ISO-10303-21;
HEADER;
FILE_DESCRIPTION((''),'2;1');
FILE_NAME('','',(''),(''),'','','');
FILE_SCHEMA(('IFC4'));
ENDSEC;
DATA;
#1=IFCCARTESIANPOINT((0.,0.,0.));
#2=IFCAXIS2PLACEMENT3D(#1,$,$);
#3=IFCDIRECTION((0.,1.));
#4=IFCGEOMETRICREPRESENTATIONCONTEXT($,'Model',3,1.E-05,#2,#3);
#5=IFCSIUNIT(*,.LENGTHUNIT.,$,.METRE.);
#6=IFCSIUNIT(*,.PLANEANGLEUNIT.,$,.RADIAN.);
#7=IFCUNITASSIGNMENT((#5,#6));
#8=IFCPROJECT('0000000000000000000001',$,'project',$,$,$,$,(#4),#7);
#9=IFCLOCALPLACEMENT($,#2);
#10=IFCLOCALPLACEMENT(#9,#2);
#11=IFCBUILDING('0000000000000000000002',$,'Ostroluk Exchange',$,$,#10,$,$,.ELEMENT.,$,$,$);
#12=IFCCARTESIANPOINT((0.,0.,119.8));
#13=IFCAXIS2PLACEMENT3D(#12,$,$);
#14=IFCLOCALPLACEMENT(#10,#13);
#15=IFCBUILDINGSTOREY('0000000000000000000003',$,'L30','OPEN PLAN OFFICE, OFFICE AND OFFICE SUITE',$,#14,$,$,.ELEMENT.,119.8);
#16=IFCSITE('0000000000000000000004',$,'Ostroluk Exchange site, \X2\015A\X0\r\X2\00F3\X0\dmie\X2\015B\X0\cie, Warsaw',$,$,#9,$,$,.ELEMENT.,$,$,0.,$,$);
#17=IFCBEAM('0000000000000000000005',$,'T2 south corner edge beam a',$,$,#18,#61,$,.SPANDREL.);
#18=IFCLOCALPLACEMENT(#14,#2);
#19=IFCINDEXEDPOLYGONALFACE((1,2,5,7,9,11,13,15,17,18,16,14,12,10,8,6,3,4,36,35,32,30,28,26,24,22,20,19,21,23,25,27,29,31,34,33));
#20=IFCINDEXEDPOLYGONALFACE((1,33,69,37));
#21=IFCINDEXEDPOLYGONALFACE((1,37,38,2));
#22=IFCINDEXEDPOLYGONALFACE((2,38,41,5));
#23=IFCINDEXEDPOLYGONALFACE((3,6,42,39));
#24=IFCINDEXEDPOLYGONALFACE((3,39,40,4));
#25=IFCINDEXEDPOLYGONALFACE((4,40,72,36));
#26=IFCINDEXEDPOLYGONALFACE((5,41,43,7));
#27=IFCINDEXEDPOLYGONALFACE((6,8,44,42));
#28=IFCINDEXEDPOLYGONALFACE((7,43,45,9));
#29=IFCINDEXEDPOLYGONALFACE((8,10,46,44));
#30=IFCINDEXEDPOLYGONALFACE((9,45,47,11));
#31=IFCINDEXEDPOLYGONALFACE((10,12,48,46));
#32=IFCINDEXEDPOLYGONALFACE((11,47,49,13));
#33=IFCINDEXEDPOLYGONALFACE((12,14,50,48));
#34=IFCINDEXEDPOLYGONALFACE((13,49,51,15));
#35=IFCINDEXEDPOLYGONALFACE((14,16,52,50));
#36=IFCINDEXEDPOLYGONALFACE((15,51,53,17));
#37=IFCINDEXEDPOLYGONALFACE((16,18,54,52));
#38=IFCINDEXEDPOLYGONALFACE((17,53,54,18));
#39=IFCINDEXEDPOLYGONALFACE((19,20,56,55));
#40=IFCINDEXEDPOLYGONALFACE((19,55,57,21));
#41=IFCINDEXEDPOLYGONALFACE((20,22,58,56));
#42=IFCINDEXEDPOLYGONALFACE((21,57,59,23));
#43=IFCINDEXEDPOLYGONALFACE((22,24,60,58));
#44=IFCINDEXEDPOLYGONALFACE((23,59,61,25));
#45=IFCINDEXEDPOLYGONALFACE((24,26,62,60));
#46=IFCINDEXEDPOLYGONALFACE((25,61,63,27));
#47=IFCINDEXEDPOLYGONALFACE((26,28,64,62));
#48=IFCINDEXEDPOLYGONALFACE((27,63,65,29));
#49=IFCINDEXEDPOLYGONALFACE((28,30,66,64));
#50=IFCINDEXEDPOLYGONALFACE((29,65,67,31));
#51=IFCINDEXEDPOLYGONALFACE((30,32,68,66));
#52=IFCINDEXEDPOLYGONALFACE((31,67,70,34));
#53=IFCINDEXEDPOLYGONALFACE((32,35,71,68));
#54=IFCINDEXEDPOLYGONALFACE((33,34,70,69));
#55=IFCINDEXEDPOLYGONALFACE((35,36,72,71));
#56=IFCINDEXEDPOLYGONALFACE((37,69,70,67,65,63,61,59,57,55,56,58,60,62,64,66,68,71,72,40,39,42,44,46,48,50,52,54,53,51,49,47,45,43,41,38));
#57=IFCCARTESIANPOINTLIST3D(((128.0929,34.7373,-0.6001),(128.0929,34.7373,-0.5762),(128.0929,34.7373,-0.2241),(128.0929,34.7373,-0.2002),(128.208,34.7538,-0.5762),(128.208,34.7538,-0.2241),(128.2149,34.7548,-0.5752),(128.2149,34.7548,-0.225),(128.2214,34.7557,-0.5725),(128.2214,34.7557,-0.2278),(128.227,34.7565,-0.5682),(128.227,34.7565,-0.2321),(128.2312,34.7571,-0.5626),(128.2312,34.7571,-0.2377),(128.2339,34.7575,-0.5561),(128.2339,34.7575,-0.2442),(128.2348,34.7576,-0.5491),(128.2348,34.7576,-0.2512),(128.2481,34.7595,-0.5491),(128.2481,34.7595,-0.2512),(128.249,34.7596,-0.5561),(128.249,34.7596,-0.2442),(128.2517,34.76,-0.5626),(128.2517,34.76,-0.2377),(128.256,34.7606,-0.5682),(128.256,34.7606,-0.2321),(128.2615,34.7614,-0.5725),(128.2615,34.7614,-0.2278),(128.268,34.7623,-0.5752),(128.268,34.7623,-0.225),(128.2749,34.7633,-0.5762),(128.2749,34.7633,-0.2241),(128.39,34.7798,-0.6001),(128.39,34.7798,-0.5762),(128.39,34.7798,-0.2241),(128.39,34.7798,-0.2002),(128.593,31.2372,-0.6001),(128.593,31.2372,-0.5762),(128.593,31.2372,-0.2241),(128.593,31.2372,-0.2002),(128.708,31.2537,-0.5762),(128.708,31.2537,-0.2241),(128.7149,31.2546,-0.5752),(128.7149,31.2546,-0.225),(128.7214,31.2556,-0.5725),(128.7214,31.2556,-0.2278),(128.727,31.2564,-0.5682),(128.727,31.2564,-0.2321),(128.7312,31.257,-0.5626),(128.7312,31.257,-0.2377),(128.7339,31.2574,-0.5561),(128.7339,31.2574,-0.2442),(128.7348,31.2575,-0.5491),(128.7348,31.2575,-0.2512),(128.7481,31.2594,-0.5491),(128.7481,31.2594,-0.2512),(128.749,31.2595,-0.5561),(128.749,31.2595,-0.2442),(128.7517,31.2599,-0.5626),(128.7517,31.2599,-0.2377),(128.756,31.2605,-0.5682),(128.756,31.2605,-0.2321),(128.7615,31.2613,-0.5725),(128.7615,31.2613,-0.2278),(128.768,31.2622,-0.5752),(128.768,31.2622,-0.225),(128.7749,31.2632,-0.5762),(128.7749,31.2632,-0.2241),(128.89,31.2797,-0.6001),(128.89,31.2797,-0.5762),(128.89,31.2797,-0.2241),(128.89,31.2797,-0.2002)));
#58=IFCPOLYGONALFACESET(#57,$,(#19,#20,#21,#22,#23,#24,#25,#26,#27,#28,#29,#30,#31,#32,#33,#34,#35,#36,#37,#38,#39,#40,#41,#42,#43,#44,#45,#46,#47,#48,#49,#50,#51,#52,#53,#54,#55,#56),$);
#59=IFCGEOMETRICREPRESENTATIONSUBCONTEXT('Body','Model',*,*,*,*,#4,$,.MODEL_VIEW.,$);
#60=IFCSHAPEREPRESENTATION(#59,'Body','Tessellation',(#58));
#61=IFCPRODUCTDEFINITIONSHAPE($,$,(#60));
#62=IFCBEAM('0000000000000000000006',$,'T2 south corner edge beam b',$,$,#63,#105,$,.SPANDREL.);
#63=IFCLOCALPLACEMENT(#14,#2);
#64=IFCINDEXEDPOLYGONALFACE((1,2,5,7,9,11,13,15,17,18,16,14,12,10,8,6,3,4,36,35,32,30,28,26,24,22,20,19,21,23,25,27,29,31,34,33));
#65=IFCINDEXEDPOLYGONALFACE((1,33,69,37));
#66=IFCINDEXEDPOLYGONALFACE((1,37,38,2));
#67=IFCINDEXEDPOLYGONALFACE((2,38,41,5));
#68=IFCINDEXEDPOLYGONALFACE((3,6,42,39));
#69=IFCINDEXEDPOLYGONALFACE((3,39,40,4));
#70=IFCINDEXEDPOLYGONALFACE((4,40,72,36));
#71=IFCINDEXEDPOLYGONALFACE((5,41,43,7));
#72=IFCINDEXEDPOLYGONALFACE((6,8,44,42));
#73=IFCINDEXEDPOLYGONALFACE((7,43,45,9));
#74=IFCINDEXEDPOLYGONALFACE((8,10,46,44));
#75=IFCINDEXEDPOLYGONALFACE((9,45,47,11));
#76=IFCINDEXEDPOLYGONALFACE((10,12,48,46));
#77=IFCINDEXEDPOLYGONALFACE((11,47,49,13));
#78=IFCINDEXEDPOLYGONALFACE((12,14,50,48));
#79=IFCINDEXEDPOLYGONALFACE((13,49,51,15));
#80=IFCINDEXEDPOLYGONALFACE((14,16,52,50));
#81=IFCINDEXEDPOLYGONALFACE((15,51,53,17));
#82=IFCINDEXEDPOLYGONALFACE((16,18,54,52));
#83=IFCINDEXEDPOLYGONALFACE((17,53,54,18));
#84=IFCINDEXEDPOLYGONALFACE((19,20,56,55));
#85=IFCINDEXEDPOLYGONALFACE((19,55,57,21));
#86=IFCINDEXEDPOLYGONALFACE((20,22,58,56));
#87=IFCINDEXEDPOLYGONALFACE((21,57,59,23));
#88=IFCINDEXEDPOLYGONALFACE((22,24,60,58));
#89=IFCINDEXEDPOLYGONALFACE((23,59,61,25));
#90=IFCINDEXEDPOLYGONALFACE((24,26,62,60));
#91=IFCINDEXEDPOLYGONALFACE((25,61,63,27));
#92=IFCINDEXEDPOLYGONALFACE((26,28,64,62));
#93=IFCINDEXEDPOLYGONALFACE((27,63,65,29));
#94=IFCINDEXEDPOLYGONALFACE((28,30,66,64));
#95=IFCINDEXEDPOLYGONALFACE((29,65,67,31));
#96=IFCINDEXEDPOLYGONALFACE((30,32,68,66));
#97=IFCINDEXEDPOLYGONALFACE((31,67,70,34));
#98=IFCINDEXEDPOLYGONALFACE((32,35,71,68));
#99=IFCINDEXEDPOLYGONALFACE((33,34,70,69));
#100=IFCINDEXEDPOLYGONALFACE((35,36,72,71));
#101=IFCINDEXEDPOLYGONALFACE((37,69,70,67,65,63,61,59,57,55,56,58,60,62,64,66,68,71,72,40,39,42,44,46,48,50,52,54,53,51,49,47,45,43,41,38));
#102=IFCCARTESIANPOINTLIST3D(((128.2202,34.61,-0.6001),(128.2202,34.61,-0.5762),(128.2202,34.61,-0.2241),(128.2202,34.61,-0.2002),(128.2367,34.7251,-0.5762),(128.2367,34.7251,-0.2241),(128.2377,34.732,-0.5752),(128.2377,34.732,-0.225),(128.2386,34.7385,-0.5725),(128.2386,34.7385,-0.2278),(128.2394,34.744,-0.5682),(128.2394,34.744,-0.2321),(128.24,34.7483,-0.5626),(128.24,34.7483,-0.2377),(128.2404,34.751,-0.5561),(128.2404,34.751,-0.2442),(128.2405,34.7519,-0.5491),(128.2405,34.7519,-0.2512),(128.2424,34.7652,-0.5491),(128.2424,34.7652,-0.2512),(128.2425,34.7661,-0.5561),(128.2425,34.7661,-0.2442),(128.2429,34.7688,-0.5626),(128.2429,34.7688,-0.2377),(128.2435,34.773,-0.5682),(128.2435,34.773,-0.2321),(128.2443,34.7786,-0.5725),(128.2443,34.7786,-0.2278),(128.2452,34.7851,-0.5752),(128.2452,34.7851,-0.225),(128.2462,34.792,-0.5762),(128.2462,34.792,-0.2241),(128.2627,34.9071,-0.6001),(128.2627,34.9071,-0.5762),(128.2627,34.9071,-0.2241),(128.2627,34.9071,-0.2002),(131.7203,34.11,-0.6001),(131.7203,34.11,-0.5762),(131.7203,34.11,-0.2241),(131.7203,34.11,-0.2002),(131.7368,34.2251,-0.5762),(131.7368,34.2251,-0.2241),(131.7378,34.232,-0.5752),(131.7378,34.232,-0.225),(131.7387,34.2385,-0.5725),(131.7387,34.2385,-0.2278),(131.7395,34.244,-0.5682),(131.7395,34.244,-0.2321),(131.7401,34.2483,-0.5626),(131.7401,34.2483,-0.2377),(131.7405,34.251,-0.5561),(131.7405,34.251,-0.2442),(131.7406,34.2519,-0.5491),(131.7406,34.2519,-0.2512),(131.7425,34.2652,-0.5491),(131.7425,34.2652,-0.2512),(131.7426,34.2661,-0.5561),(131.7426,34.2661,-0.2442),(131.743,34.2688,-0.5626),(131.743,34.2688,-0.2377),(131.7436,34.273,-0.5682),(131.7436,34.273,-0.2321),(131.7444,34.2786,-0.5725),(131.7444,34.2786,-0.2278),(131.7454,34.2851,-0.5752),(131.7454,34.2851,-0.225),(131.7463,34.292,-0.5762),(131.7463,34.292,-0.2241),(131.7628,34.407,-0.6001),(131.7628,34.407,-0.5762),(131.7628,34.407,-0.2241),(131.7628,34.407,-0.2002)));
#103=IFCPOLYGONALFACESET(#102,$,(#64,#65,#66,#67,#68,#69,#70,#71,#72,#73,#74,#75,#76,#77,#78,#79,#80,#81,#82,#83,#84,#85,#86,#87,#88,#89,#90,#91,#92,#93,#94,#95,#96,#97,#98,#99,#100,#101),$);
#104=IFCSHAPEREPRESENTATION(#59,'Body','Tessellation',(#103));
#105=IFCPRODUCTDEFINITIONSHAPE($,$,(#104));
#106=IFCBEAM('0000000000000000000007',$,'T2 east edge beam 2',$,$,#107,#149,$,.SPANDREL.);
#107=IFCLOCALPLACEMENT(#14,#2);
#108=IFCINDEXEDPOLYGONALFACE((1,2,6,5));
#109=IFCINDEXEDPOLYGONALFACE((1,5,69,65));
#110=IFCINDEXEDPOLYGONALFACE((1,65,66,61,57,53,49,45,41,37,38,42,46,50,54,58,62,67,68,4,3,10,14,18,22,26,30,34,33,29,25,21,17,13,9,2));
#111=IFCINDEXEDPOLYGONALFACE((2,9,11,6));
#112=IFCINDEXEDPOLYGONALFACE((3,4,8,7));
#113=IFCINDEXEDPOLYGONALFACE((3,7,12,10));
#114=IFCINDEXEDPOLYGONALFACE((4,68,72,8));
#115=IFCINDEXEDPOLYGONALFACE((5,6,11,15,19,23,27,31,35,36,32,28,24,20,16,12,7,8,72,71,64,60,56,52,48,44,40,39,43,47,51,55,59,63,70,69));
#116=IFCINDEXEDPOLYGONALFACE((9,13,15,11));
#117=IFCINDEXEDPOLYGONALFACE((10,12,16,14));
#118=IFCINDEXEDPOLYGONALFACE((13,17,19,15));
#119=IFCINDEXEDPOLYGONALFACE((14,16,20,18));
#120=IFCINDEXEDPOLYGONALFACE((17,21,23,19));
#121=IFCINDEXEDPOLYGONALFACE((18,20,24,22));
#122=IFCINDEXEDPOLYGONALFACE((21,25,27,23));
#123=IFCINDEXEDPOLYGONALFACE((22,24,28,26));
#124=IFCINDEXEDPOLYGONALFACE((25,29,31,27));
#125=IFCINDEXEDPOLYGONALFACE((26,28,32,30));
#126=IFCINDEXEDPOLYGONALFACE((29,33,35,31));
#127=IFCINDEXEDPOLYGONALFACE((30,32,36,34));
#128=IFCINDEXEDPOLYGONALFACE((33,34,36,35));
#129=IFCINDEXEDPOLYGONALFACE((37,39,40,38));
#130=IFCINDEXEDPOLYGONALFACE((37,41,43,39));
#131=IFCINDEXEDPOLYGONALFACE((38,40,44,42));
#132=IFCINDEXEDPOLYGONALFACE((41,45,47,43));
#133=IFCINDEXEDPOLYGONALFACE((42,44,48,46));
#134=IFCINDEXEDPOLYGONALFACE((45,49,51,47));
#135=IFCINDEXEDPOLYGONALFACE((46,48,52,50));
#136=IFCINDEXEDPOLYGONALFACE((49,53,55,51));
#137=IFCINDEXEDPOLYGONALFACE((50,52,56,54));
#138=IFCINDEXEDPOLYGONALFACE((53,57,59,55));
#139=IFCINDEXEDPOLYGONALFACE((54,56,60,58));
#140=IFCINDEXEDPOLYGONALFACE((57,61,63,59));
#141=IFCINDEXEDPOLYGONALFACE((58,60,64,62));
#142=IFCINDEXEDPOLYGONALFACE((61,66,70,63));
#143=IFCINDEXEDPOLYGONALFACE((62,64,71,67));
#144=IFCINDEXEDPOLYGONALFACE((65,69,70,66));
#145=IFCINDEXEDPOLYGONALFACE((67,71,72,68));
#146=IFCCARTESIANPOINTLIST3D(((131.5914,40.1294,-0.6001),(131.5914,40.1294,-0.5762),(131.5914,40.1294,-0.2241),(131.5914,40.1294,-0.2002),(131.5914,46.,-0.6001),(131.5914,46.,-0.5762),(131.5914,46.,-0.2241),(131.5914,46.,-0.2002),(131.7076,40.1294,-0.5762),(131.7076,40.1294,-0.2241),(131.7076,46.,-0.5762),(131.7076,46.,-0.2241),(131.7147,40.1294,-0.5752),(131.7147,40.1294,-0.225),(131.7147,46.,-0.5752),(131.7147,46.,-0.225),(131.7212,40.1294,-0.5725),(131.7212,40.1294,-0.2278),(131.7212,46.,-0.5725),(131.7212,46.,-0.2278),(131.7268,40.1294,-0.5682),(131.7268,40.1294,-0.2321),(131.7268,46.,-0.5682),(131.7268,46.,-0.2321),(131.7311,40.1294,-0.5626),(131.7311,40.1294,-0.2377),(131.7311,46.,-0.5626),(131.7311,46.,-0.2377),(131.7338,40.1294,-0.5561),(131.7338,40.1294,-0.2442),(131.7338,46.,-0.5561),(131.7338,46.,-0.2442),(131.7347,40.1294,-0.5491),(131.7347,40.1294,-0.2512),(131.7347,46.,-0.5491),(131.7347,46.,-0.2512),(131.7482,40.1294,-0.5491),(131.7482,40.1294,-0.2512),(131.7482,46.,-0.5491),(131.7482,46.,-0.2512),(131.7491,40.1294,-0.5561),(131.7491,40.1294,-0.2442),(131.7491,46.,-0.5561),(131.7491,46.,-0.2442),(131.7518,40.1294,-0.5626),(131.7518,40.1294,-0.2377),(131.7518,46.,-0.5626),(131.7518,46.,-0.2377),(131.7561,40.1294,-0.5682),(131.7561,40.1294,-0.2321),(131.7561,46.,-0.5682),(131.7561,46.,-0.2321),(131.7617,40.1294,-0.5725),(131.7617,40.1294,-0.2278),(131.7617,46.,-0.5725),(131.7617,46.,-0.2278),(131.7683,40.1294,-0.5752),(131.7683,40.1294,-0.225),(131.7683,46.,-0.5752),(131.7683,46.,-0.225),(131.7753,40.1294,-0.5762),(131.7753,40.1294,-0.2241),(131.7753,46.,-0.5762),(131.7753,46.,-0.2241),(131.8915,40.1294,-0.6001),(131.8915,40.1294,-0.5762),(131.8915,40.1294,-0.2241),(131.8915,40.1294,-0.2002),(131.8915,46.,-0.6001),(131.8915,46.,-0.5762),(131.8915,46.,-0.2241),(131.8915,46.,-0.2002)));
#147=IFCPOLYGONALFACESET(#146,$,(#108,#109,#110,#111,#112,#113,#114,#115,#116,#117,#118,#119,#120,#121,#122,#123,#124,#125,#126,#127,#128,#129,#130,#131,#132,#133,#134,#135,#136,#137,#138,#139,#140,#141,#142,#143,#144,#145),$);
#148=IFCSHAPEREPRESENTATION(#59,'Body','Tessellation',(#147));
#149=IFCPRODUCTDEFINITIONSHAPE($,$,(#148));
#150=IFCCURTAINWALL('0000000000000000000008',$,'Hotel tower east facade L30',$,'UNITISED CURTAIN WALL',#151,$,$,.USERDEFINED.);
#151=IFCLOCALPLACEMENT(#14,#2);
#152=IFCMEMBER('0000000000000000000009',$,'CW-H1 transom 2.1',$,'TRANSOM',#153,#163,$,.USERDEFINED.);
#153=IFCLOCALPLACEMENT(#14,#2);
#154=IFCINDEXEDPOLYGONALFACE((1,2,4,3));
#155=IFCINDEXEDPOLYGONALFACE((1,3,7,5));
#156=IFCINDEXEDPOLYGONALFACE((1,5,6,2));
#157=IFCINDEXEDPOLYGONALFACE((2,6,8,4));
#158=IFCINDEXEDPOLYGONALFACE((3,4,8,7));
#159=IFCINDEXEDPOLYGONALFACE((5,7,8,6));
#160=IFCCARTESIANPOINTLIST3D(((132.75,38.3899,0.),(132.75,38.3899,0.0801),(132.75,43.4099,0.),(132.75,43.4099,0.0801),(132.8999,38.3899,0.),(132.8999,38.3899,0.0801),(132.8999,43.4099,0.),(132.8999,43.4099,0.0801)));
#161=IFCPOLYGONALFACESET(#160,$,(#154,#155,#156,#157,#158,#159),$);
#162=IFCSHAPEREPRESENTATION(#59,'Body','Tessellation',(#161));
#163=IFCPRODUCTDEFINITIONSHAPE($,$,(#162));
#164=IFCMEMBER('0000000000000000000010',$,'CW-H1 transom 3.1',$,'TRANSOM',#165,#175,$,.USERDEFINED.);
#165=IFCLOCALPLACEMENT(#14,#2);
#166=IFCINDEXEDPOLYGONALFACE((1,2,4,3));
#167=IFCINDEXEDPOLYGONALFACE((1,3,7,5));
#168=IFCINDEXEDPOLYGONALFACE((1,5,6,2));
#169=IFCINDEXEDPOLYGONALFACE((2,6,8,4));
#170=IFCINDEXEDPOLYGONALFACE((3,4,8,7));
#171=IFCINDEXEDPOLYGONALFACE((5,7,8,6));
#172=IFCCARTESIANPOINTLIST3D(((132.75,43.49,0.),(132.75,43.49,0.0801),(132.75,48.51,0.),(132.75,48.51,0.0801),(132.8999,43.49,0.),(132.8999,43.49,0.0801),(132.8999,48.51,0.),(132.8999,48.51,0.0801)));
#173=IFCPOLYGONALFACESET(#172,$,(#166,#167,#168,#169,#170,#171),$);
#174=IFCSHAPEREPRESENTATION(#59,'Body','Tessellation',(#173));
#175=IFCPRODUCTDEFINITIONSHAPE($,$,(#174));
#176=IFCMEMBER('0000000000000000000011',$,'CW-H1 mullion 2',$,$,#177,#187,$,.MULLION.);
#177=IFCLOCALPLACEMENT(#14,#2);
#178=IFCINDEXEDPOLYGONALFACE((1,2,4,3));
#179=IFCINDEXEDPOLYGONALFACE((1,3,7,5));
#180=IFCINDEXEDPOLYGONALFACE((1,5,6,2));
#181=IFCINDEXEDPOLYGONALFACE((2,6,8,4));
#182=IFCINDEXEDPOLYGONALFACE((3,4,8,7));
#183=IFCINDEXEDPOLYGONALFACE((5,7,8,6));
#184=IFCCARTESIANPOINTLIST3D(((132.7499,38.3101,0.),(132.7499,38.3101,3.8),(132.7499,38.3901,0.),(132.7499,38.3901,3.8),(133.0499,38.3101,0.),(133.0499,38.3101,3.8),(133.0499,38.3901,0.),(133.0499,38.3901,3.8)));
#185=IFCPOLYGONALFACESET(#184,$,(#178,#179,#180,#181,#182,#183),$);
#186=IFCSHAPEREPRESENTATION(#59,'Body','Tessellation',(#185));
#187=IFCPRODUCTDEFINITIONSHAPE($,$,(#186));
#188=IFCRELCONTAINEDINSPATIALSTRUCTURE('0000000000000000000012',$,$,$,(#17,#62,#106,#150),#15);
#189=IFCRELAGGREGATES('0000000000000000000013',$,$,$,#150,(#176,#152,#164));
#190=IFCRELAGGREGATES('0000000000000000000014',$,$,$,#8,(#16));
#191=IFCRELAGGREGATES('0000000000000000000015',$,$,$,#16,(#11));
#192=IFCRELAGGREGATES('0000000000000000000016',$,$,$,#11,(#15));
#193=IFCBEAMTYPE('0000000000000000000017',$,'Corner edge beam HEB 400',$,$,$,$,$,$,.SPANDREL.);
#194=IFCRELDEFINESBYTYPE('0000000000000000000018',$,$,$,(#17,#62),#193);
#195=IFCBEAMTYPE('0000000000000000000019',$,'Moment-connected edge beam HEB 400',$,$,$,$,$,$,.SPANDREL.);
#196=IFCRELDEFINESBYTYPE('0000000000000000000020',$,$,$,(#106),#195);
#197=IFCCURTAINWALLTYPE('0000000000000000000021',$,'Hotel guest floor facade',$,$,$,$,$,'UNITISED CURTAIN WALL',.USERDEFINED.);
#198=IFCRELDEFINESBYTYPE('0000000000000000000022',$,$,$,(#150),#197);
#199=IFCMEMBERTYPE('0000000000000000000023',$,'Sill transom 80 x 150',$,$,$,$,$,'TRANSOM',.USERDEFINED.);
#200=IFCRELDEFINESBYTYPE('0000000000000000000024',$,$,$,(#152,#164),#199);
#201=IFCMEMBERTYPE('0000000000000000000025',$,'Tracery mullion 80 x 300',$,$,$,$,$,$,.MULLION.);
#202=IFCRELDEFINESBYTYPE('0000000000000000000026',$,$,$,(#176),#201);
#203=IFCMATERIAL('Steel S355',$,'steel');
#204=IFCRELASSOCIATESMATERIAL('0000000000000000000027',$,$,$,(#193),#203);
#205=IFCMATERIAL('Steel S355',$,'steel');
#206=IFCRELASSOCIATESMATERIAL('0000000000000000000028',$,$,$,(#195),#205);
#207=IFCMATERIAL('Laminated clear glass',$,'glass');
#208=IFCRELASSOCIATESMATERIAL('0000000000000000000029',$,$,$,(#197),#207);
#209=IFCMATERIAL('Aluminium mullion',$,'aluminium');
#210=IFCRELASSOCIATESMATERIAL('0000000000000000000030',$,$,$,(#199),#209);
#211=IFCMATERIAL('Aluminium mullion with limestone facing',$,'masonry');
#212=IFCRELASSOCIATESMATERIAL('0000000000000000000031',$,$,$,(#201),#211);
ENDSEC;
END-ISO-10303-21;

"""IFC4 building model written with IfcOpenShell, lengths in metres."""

from ifc_helpers import new_model, si_unit, direction, frame, origin, origin_2d, place, context, subcontext, project, spatial, rectangle, i_section, extrude, material, material_profile, profile_set, type_object, element, aggregate, save


model = new_model("IFC4")

# Units and contexts
model_context = context("Model", 3, precision=1e-05, world=origin(), true_north=direction((0.0, 1.0)))
body_context = subcontext(model_context, "Body", "Model", "MODEL_VIEW")
ifc_project = project(units=[si_unit("LENGTHUNIT", "METRE"), si_unit("PLANEANGLEUNIT", "RADIAN")], contexts=[model_context])

# Site, building, storey
site_placement = place(None, origin())
site = spatial("IfcSite", under=ifc_project, at=site_placement, Name="Ostroluk Exchange site, Śródmieście, Warsaw", CompositionType="ELEMENT", RefElevation=0.0)
building_placement = place(site_placement, origin())
building = spatial("IfcBuilding", under=site, at=building_placement, Name="Ostroluk Exchange", CompositionType="ELEMENT")
storey_placement = place(building_placement, frame((0.0, 0.0, 119.8)))
storey = spatial("IfcBuildingStorey", under=building, at=storey_placement, Name="L30", Description="OPEN PLAN OFFICE, OFFICE AND OFFICE SUITE", CompositionType="ELEMENT", Elevation=119.8)

# Beams
ifc_material_1 = material(Name="Steel S355", Category="steel")
ifc_material_profile_1 = material_profile(ifc_material_1, i_section(OverallWidth=0.3, OverallDepth=0.3999, WebThickness=0.0134, FlangeThickness=0.0239, FilletRadius=0.0271, at=origin_2d()), Name="HEB 400")
ifc_profile_set_1 = profile_set([ifc_material_profile_1], Name="Steel S355")
beam_type_1 = type_object("IfcBeamType", Name="Corner edge beam HEB 400", PredefinedType="SPANDREL", material=ifc_profile_set_1)
for number, where, z_axis, x_axis, name in (
    (1, (128.2415, 34.7585, -0.4001), (0.141421, -0.989949, 0.0), (0.989949, 0.141421, 0.0), "T2 south corner edge beam a"),
    (2, (128.2415, 34.7585, -0.4001), (0.989949, -0.141421, 0.0), (0.141421, 0.989949, 0.0), "T2 south corner edge beam b"),
):
    element("IfcBeam", number, at=place(storey_placement, frame(where, z_axis=z_axis, x_axis=x_axis)), inside=storey, type_object=beam_type_1, Name=name, PredefinedType="SPANDREL", context=body_context, shape_type="SweptSolid", body=[
        extrude(i_section(OverallWidth=0.3, OverallDepth=0.3999, WebThickness=0.0134, FlangeThickness=0.0239, FilletRadius=0.0271, at=origin_2d()), origin(), (0.0, 0.0, 1.0), 3.5356),
    ])
ifc_material_2 = material(Name="Steel S355", Category="steel")
ifc_material_profile_2 = material_profile(ifc_material_2, i_section(OverallWidth=0.3, OverallDepth=0.3999, WebThickness=0.0134, FlangeThickness=0.0239, FilletRadius=0.0271, at=origin_2d()), Name="HEB 400")
ifc_profile_set_2 = profile_set([ifc_material_profile_2], Name="Steel S355")
beam_type_2 = type_object("IfcBeamType", Name="Moment-connected edge beam HEB 400", PredefinedType="SPANDREL", material=ifc_profile_set_2)
beam_1_placement = place(storey_placement, frame((131.7415, 40.1294, -0.4001), z_axis=(0.0, 1.0, 0.0), x_axis=(-1.0, 0.0, 0.0)))
element("IfcBeam", 3, at=beam_1_placement, inside=storey, type_object=beam_type_2, Name="T2 east edge beam 2", PredefinedType="SPANDREL", context=body_context, shape_type="SweptSolid", body=[
    extrude(i_section(OverallWidth=0.3, OverallDepth=0.3999, WebThickness=0.0134, FlangeThickness=0.0239, FilletRadius=0.0271, at=origin_2d()), origin(), (0.0, 0.0, 1.0), 5.8706),
])

# Curtain wall, members
ifc_material_3 = material(Name="Laminated clear glass", Category="glass")
curtain_wall_type = type_object("IfcCurtainWallType", Name="Hotel guest floor facade", ElementType="UNITISED CURTAIN WALL", PredefinedType="USERDEFINED", material=ifc_material_3)
curtain_wall_placement = place(storey_placement, origin())
curtain_wall = element("IfcCurtainWall", 4, at=curtain_wall_placement, inside=storey, type_object=curtain_wall_type, Name="Hotel tower east facade L30", ObjectType="UNITISED CURTAIN WALL", PredefinedType="USERDEFINED")
ifc_material_4 = material(Name="Aluminium mullion", Category="aluminium")
ifc_material_profile_3 = material_profile(ifc_material_4, rectangle(XDim=0.1499, YDim=0.0801, at=origin_2d()), Name="Sill transom 80 x 150")
ifc_profile_set_3 = profile_set([ifc_material_profile_3], Name="Aluminium mullion")
member_type_1 = type_object("IfcMemberType", Name="Sill transom 80 x 150", ElementType="TRANSOM", PredefinedType="USERDEFINED", material=ifc_profile_set_3)
member_1_placement = place(storey_placement, frame((132.825, 38.3899, 0.04), z_axis=(0.0, 1.0, 0.0), x_axis=(-1.0, 0.0, 0.0)))
member_1 = element("IfcMember", 5, at=member_1_placement, type_object=member_type_1, Name="CW-H1 transom 2.1", ObjectType="TRANSOM", PredefinedType="USERDEFINED", context=body_context, shape_type="SweptSolid", body=[
    extrude(rectangle(XDim=0.1499, YDim=0.0801, at=origin_2d()), origin(), (0.0, 0.0, 1.0), 5.02),
])
member_2_placement = place(storey_placement, frame((132.825, 43.49, 0.04), z_axis=(0.0, 1.0, 0.0), x_axis=(-1.0, 0.0, 0.0)))
member_2 = element("IfcMember", 6, at=member_2_placement, type_object=member_type_1, Name="CW-H1 transom 3.1", ObjectType="TRANSOM", PredefinedType="USERDEFINED", context=body_context, shape_type="SweptSolid", body=[
    extrude(rectangle(XDim=0.1499, YDim=0.0801, at=origin_2d()), origin(), (0.0, 0.0, 1.0), 5.02),
])
ifc_material_5 = material(Name="Aluminium mullion with limestone facing", Category="masonry")
ifc_material_profile_4 = material_profile(ifc_material_5, rectangle(XDim=0.3, YDim=0.0801, at=origin_2d()), Name="Tracery mullion 80 x 300")
ifc_profile_set_4 = profile_set([ifc_material_profile_4], Name="Aluminium mullion with limestone facing")
member_type_2 = type_object("IfcMemberType", Name="Tracery mullion 80 x 300", PredefinedType="MULLION", material=ifc_profile_set_4)
member_3_placement = place(storey_placement, frame((132.8999, 38.3501, 0.0), z_axis=(0.0, 0.0, 1.0), x_axis=(-1.0, 0.0, 0.0)))
member_3 = element("IfcMember", 7, at=member_3_placement, type_object=member_type_2, Name="CW-H1 mullion 2", PredefinedType="MULLION", context=body_context, shape_type="SweptSolid", body=[
    extrude(rectangle(XDim=0.3, YDim=0.0801, at=origin_2d()), origin(), (0.0, 0.0, 1.0), 3.8),
])
aggregate(curtain_wall, [member_3, member_1, member_2])

save(model, "model.ifc")
